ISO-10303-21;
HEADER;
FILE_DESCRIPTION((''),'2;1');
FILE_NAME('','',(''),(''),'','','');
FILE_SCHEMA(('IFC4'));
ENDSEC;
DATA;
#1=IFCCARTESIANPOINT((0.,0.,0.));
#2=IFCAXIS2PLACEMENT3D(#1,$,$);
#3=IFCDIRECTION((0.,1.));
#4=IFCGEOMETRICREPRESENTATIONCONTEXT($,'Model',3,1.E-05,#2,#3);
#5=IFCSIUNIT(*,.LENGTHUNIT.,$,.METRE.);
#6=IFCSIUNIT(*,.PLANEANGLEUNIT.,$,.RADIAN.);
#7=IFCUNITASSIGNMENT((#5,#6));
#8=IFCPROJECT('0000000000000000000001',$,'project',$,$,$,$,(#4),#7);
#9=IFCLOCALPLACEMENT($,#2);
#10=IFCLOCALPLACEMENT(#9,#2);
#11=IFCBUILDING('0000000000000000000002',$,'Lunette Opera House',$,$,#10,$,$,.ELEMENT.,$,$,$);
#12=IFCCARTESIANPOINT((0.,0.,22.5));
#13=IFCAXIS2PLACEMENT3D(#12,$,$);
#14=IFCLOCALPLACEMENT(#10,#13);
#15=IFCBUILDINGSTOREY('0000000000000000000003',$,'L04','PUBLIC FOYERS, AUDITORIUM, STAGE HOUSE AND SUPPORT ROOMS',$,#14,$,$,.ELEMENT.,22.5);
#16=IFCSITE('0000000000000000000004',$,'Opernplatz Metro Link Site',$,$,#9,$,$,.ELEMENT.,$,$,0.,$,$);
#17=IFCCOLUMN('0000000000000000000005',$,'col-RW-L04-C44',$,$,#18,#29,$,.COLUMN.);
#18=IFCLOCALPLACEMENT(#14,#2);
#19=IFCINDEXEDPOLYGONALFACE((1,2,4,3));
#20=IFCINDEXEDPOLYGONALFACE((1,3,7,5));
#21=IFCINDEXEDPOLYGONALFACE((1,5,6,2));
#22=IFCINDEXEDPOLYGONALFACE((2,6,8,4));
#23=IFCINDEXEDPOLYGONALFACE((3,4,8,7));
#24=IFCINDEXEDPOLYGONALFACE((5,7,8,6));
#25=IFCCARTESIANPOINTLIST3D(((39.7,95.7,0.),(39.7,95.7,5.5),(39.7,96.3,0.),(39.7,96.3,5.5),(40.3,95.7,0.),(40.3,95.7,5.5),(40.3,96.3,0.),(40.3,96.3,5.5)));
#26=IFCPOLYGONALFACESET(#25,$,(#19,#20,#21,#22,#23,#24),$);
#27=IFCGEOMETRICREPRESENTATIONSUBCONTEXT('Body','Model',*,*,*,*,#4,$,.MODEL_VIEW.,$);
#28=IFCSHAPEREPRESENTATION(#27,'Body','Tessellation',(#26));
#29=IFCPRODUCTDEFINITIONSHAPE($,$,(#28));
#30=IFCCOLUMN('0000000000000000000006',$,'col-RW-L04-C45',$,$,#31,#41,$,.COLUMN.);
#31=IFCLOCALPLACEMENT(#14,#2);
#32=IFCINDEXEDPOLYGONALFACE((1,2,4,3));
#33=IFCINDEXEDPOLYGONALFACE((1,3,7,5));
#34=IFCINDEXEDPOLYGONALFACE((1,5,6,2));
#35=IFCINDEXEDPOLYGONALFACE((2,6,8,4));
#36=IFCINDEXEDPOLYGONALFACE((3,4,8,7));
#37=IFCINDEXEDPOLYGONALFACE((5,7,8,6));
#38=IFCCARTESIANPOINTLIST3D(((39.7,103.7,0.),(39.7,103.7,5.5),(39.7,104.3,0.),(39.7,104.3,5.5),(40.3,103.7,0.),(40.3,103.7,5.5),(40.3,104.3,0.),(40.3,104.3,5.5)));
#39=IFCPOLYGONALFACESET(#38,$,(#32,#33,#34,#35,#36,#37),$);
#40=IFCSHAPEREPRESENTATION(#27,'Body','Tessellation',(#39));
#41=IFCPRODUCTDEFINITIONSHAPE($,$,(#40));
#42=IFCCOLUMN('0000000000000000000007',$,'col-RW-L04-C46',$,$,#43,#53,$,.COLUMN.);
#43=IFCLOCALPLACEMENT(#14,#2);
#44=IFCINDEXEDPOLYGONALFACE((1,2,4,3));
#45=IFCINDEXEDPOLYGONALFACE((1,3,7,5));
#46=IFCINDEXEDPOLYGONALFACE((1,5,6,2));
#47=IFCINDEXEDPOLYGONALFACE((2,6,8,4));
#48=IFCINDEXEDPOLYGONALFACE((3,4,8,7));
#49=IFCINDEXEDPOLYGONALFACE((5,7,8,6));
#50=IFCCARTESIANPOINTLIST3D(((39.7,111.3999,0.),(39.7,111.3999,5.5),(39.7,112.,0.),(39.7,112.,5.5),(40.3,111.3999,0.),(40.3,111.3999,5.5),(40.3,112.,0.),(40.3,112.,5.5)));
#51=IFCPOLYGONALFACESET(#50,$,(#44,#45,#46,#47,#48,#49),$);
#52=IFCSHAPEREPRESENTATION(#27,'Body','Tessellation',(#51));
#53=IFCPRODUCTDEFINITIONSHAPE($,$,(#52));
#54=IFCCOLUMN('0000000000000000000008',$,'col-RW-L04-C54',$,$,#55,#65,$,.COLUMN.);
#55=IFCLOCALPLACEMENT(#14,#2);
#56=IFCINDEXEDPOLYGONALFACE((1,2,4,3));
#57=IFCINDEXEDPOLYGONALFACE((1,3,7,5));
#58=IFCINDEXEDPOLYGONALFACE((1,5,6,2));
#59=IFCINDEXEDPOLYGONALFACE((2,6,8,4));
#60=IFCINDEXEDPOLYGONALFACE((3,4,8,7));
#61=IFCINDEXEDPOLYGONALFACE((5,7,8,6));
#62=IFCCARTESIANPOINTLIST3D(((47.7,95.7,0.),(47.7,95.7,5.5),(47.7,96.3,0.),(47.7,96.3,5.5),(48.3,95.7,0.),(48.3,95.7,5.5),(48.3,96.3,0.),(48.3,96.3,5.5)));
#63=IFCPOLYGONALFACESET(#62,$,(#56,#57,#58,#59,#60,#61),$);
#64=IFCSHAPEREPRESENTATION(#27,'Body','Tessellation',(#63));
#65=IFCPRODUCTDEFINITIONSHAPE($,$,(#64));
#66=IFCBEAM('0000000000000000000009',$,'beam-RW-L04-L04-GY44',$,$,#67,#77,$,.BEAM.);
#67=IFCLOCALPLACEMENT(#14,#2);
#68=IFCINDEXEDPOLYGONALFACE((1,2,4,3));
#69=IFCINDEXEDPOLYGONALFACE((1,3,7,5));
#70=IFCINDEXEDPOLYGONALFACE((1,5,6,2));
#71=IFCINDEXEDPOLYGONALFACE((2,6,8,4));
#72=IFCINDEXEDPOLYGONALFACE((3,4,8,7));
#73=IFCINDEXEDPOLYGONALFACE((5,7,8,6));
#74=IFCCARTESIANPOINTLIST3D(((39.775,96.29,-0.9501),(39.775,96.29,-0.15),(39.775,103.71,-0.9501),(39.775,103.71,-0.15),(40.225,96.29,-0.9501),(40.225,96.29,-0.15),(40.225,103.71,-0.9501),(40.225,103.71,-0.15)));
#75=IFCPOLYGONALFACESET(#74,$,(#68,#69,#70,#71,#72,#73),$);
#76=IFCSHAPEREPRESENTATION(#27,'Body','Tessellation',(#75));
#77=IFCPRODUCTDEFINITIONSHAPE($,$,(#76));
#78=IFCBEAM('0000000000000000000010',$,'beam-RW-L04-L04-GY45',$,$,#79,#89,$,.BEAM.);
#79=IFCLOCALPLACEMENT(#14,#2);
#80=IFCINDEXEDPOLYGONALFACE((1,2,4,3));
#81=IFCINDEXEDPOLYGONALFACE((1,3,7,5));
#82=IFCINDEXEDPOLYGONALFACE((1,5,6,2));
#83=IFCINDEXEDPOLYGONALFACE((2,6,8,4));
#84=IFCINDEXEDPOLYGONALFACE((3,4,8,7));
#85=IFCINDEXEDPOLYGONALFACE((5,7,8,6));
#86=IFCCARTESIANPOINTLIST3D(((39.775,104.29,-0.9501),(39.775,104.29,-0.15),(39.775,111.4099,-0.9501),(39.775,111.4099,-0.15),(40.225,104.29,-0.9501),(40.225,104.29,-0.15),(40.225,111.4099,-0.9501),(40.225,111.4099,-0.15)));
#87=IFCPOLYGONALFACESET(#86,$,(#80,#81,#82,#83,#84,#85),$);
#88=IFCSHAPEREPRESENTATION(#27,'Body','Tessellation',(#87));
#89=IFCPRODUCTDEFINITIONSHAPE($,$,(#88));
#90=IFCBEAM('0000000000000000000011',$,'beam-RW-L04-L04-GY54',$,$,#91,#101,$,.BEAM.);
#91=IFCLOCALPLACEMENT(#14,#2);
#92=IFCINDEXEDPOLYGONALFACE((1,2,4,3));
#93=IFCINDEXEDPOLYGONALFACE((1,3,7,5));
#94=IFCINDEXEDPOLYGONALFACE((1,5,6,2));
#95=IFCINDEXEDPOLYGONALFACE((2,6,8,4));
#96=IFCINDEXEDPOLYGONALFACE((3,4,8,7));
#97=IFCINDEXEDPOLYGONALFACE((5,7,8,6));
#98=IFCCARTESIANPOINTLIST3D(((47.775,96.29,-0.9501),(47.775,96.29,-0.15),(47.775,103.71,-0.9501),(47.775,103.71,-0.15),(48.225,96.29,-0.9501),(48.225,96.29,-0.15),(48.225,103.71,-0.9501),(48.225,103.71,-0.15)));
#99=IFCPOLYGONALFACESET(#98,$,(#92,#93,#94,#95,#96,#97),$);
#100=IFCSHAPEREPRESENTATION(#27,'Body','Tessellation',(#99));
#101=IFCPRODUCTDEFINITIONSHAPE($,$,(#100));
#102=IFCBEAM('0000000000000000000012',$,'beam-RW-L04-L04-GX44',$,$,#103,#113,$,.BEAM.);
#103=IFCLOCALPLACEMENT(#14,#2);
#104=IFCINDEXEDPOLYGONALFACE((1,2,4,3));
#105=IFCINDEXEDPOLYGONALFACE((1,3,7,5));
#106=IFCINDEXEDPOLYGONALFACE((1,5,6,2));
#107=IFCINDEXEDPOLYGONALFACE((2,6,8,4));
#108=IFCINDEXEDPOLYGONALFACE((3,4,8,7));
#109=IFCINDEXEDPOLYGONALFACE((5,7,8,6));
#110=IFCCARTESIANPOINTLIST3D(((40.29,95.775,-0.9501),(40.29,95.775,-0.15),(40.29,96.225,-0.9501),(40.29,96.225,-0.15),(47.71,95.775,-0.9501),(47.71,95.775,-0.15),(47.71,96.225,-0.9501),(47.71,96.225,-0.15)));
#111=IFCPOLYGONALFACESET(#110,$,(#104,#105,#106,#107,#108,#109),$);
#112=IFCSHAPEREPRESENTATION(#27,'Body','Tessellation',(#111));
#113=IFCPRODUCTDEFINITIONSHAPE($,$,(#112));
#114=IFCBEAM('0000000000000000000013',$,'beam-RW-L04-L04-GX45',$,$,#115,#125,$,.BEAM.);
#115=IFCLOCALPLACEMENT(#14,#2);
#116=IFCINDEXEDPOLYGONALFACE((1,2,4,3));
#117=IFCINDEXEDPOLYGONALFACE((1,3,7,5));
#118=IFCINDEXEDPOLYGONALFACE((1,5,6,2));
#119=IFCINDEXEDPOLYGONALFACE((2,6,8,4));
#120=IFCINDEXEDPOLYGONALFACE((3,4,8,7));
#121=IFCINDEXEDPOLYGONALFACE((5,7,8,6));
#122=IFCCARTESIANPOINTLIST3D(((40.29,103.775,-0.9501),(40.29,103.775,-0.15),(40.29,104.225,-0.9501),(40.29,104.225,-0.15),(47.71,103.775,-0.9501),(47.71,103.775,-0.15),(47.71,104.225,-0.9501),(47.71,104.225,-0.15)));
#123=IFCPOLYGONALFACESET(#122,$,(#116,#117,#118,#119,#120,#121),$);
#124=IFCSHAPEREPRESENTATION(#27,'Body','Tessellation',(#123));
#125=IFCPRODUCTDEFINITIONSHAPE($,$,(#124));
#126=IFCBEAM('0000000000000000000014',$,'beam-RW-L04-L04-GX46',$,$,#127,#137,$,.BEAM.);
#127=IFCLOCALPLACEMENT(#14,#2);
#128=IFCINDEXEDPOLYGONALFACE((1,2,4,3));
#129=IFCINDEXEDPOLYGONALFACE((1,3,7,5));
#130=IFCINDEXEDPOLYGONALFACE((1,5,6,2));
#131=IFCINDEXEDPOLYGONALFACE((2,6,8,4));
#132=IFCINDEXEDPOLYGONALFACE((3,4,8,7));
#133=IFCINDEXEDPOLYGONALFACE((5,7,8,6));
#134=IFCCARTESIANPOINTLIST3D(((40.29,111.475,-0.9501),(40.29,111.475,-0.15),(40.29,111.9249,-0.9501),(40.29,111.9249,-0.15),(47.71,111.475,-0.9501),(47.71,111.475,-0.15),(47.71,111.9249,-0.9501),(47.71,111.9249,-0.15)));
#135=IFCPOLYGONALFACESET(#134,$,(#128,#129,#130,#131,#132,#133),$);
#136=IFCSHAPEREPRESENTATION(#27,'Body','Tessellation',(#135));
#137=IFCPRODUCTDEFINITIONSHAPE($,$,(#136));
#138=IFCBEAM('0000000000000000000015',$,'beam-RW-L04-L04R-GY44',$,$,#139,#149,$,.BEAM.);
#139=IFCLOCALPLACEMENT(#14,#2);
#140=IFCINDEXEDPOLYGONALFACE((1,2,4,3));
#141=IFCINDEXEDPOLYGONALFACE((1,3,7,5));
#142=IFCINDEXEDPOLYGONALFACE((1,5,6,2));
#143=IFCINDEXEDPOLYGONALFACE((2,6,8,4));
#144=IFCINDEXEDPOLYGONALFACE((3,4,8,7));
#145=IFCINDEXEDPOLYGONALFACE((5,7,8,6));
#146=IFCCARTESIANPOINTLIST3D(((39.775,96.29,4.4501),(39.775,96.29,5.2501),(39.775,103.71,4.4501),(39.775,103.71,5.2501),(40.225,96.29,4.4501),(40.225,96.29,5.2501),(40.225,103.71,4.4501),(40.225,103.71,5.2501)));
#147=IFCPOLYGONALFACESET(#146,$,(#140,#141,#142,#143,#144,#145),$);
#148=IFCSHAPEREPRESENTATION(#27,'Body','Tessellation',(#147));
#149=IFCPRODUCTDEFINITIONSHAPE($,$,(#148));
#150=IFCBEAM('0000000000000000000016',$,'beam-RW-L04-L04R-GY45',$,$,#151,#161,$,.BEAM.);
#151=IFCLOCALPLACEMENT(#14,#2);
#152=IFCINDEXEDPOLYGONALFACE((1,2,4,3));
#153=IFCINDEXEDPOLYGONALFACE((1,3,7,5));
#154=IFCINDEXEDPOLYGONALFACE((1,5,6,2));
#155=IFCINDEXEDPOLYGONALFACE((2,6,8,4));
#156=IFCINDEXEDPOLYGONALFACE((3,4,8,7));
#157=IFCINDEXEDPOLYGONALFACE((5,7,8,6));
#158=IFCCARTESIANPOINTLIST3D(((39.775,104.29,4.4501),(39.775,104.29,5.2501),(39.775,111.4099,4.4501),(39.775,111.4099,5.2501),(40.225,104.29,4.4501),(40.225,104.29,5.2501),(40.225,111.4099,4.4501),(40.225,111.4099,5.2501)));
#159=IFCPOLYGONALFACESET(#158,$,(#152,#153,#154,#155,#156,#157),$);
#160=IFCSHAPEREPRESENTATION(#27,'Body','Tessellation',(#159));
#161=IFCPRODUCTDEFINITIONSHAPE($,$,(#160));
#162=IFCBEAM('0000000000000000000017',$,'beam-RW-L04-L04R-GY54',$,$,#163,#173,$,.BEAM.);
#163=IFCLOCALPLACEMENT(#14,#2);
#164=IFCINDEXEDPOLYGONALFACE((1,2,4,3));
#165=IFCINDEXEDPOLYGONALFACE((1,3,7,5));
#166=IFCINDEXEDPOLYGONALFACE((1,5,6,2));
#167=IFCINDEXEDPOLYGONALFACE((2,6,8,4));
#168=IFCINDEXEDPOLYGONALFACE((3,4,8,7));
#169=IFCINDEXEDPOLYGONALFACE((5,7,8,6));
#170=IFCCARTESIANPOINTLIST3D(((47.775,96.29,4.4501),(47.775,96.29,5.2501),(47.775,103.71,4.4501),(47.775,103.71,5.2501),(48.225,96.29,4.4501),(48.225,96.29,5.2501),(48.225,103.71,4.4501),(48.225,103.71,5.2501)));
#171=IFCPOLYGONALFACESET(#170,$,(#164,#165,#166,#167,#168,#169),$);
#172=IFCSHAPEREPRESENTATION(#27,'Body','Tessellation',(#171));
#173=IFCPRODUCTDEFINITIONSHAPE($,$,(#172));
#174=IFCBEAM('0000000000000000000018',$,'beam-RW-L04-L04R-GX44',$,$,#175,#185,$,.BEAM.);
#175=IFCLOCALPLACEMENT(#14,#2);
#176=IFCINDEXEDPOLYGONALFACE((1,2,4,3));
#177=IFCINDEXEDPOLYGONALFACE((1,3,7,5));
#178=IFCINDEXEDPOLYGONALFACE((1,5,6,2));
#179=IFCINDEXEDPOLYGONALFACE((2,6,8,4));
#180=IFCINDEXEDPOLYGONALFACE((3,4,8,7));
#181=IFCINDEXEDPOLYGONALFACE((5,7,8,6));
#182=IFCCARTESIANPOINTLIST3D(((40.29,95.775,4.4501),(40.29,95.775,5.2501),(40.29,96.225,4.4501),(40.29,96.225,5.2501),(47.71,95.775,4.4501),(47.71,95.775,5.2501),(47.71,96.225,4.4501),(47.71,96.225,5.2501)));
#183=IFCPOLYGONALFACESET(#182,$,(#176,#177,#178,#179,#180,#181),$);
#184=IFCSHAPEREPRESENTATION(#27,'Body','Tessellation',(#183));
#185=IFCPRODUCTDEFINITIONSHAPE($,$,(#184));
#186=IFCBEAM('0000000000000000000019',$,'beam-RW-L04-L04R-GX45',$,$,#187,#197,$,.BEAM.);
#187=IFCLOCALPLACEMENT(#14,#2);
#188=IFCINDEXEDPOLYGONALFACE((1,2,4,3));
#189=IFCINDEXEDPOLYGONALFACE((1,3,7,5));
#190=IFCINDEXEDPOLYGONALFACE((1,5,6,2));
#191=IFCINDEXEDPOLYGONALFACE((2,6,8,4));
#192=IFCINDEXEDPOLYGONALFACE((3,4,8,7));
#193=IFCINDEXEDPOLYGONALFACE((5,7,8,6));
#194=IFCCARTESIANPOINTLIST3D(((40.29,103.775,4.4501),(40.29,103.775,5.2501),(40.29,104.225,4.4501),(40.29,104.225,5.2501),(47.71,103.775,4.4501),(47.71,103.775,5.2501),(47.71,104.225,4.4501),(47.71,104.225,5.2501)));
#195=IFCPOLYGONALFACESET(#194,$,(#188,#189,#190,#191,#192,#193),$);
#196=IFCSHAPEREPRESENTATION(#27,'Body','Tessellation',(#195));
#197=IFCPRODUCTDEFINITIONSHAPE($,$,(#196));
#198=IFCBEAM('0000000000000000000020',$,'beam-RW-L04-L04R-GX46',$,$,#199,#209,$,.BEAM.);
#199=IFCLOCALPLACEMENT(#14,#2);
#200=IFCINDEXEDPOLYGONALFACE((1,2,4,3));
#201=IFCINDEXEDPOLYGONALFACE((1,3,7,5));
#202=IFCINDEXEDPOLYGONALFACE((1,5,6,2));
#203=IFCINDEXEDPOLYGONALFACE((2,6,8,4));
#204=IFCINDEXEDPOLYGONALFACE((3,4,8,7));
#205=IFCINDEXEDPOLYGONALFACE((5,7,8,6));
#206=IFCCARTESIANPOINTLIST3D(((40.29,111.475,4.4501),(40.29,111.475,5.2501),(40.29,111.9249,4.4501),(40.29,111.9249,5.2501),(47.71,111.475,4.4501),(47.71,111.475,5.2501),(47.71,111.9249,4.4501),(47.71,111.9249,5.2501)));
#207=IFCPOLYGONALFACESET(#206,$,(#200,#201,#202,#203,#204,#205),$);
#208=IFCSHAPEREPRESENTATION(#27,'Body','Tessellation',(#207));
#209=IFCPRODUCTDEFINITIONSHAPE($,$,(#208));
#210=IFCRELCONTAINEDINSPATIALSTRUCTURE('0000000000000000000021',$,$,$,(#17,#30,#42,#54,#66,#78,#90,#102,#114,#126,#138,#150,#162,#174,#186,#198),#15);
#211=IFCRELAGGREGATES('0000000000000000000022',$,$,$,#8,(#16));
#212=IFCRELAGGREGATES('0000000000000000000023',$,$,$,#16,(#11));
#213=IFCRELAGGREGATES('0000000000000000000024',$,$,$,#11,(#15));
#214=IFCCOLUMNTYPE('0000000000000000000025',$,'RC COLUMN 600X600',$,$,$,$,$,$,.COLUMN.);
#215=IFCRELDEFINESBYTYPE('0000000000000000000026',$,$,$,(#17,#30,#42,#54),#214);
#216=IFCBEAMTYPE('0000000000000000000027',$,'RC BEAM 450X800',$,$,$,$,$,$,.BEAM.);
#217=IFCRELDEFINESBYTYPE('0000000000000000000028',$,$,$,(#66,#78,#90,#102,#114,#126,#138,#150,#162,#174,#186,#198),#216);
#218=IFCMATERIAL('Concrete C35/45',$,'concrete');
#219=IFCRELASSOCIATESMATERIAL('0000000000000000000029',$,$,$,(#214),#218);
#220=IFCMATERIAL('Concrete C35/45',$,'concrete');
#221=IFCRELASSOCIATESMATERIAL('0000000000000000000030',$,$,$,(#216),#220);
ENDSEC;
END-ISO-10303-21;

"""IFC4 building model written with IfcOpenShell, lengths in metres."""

from ifc_helpers import new_model, si_unit, direction, frame, origin, origin_2d, place, context, subcontext, project, spatial, rectangle, extrude, material, material_profile, profile_set, type_object, element, save


model = new_model("IFC4")

# Units and contexts
model_context = context("Model", 3, precision=1e-05, world=origin(), true_north=direction((0.0, 1.0)))
body_context = subcontext(model_context, "Body", "Model", "MODEL_VIEW")
ifc_project = project(units=[si_unit("LENGTHUNIT", "METRE"), si_unit("PLANEANGLEUNIT", "RADIAN")], contexts=[model_context])

# Site, building, storey
site_placement = place(None, origin())
site = spatial("IfcSite", under=ifc_project, at=site_placement, Name="Opernplatz Metro Link Site", CompositionType="ELEMENT", RefElevation=0.0)
building_placement = place(site_placement, origin())
building = spatial("IfcBuilding", under=site, at=building_placement, Name="Lunette Opera House", CompositionType="ELEMENT")
storey_placement = place(building_placement, frame((0.0, 0.0, 22.5)))
storey = spatial("IfcBuildingStorey", under=building, at=storey_placement, Name="L04", Description="PUBLIC FOYERS, AUDITORIUM, STAGE HOUSE AND SUPPORT ROOMS", CompositionType="ELEMENT", Elevation=22.5)

# Columns
ifc_material_1 = material(Name="Concrete C35/45", Category="concrete")
ifc_material_profile_1 = material_profile(ifc_material_1, rectangle(XDim=0.6001, YDim=0.6001, at=origin_2d()), Name="RC COLUMN 600X600")
ifc_profile_set_1 = profile_set([ifc_material_profile_1], Name="Concrete C35/45")
column_type = type_object("IfcColumnType", Name="RC COLUMN 600X600", PredefinedType="COLUMN", material=ifc_profile_set_1)
for number, where, z_axis, x_axis, name in (
    (1, (40.0, 96.0, 0.0), (0.0, 0.0, 1.0), (1.0, 0.0, 0.0), "col-RW-L04-C44"),
    (2, (40.0, 104.0, 0.0), (0.0, 0.0, 1.0), (1.0, 0.0, 0.0), "col-RW-L04-C45"),
    (3, (40.0, 111.7, 0.0), (0.0, 0.0, 1.0), (1.0, 0.0, 0.0), "col-RW-L04-C46"),
    (4, (48.0, 96.0, 0.0), (0.0, 0.0, 1.0), (1.0, 0.0, 0.0), "col-RW-L04-C54"),
):
    element("IfcColumn", number, at=place(storey_placement, frame(where, z_axis=z_axis, x_axis=x_axis)), inside=storey, type_object=column_type, Name=name, PredefinedType="COLUMN", context=body_context, shape_type="SweptSolid", body=[
        extrude(rectangle(XDim=0.6001, YDim=0.6001, at=origin_2d()), origin(), (0.0, 0.0, 1.0), 5.5),
    ])

# Beams
ifc_material_2 = material(Name="Concrete C35/45", Category="concrete")
ifc_material_profile_2 = material_profile(ifc_material_2, rectangle(XDim=0.45, YDim=0.8, at=origin_2d()), Name="RC BEAM 450X800")
ifc_profile_set_2 = profile_set([ifc_material_profile_2], Name="Concrete C35/45")
beam_type_1 = type_object("IfcBeamType", Name="RC BEAM 450X800", PredefinedType="BEAM", material=ifc_profile_set_2)
beam_1_placement = place(storey_placement, frame((40.0, 96.29, -0.55), z_axis=(0.0, 1.0, 0.0), x_axis=(-1.0, 0.0, 0.0)))
element("IfcBeam", 5, at=beam_1_placement, inside=storey, type_object=beam_type_1, Name="beam-RW-L04-L04-GY44", PredefinedType="BEAM", context=body_context, shape_type="SweptSolid", body=[
    extrude(rectangle(XDim=0.45, YDim=0.8, at=origin_2d()), origin(), (0.0, 0.0, 1.0), 7.4199),
])
beam_2_placement = place(storey_placement, frame((40.0, 104.29, -0.55), z_axis=(0.0, 1.0, 0.0), x_axis=(-1.0, 0.0, 0.0)))
element("IfcBeam", 6, at=beam_2_placement, inside=storey, type_object=beam_type_1, Name="beam-RW-L04-L04-GY45", PredefinedType="BEAM", context=body_context, shape_type="SweptSolid", body=[
    extrude(rectangle(XDim=0.45, YDim=0.8, at=origin_2d()), origin(), (0.0, 0.0, 1.0), 7.1199),
])
for number, where, z_axis, x_axis, name in (
    (7, (48.0, 96.29, -0.55), (0.0, 1.0, 0.0), (-1.0, 0.0, 0.0), "beam-RW-L04-L04-GY54"),
    (8, (40.29, 96.0, -0.55), (1.0, 0.0, 0.0), (0.0, 1.0, 0.0), "beam-RW-L04-L04-GX44"),
    (9, (40.29, 104.0, -0.55), (1.0, 0.0, 0.0), (0.0, 1.0, 0.0), "beam-RW-L04-L04-GX45"),
    (10, (40.29, 111.7, -0.55), (1.0, 0.0, 0.0), (0.0, 1.0, 0.0), "beam-RW-L04-L04-GX46"),
    (11, (40.0, 96.29, 4.8501), (0.0, 1.0, 0.0), (-1.0, 0.0, 0.0), "beam-RW-L04-L04R-GY44"),
):
    element("IfcBeam", number, at=place(storey_placement, frame(where, z_axis=z_axis, x_axis=x_axis)), inside=storey, type_object=beam_type_1, Name=name, PredefinedType="BEAM", context=body_context, shape_type="SweptSolid", body=[
        extrude(rectangle(XDim=0.45, YDim=0.8, at=origin_2d()), origin(), (0.0, 0.0, 1.0), 7.4199),
    ])
beam_3_placement = place(storey_placement, frame((40.0, 104.29, 4.8501), z_axis=(0.0, 1.0, 0.0), x_axis=(-1.0, 0.0, 0.0)))
element("IfcBeam", 12, at=beam_3_placement, inside=storey, type_object=beam_type_1, Name="beam-RW-L04-L04R-GY45", PredefinedType="BEAM", context=body_context, shape_type="SweptSolid", body=[
    extrude(rectangle(XDim=0.45, YDim=0.8, at=origin_2d()), origin(), (0.0, 0.0, 1.0), 7.1199),
])
for number, where, z_axis, x_axis, name in (
    (13, (48.0, 96.29, 4.8501), (0.0, 1.0, 0.0), (-1.0, 0.0, 0.0), "beam-RW-L04-L04R-GY54"),
    (14, (40.29, 96.0, 4.8501), (1.0, 0.0, 0.0), (0.0, 1.0, 0.0), "beam-RW-L04-L04R-GX44"),
    (15, (40.29, 104.0, 4.8501), (1.0, 0.0, 0.0), (0.0, 1.0, 0.0), "beam-RW-L04-L04R-GX45"),
    (16, (40.29, 111.7, 4.8501), (1.0, 0.0, 0.0), (0.0, 1.0, 0.0), "beam-RW-L04-L04R-GX46"),
):
    element("IfcBeam", number, at=place(storey_placement, frame(where, z_axis=z_axis, x_axis=x_axis)), inside=storey, type_object=beam_type_1, Name=name, PredefinedType="BEAM", context=body_context, shape_type="SweptSolid", body=[
        extrude(rectangle(XDim=0.45, YDim=0.8, at=origin_2d()), origin(), (0.0, 0.0, 1.0), 7.4199),
    ])

save(model, "model.ifc")
